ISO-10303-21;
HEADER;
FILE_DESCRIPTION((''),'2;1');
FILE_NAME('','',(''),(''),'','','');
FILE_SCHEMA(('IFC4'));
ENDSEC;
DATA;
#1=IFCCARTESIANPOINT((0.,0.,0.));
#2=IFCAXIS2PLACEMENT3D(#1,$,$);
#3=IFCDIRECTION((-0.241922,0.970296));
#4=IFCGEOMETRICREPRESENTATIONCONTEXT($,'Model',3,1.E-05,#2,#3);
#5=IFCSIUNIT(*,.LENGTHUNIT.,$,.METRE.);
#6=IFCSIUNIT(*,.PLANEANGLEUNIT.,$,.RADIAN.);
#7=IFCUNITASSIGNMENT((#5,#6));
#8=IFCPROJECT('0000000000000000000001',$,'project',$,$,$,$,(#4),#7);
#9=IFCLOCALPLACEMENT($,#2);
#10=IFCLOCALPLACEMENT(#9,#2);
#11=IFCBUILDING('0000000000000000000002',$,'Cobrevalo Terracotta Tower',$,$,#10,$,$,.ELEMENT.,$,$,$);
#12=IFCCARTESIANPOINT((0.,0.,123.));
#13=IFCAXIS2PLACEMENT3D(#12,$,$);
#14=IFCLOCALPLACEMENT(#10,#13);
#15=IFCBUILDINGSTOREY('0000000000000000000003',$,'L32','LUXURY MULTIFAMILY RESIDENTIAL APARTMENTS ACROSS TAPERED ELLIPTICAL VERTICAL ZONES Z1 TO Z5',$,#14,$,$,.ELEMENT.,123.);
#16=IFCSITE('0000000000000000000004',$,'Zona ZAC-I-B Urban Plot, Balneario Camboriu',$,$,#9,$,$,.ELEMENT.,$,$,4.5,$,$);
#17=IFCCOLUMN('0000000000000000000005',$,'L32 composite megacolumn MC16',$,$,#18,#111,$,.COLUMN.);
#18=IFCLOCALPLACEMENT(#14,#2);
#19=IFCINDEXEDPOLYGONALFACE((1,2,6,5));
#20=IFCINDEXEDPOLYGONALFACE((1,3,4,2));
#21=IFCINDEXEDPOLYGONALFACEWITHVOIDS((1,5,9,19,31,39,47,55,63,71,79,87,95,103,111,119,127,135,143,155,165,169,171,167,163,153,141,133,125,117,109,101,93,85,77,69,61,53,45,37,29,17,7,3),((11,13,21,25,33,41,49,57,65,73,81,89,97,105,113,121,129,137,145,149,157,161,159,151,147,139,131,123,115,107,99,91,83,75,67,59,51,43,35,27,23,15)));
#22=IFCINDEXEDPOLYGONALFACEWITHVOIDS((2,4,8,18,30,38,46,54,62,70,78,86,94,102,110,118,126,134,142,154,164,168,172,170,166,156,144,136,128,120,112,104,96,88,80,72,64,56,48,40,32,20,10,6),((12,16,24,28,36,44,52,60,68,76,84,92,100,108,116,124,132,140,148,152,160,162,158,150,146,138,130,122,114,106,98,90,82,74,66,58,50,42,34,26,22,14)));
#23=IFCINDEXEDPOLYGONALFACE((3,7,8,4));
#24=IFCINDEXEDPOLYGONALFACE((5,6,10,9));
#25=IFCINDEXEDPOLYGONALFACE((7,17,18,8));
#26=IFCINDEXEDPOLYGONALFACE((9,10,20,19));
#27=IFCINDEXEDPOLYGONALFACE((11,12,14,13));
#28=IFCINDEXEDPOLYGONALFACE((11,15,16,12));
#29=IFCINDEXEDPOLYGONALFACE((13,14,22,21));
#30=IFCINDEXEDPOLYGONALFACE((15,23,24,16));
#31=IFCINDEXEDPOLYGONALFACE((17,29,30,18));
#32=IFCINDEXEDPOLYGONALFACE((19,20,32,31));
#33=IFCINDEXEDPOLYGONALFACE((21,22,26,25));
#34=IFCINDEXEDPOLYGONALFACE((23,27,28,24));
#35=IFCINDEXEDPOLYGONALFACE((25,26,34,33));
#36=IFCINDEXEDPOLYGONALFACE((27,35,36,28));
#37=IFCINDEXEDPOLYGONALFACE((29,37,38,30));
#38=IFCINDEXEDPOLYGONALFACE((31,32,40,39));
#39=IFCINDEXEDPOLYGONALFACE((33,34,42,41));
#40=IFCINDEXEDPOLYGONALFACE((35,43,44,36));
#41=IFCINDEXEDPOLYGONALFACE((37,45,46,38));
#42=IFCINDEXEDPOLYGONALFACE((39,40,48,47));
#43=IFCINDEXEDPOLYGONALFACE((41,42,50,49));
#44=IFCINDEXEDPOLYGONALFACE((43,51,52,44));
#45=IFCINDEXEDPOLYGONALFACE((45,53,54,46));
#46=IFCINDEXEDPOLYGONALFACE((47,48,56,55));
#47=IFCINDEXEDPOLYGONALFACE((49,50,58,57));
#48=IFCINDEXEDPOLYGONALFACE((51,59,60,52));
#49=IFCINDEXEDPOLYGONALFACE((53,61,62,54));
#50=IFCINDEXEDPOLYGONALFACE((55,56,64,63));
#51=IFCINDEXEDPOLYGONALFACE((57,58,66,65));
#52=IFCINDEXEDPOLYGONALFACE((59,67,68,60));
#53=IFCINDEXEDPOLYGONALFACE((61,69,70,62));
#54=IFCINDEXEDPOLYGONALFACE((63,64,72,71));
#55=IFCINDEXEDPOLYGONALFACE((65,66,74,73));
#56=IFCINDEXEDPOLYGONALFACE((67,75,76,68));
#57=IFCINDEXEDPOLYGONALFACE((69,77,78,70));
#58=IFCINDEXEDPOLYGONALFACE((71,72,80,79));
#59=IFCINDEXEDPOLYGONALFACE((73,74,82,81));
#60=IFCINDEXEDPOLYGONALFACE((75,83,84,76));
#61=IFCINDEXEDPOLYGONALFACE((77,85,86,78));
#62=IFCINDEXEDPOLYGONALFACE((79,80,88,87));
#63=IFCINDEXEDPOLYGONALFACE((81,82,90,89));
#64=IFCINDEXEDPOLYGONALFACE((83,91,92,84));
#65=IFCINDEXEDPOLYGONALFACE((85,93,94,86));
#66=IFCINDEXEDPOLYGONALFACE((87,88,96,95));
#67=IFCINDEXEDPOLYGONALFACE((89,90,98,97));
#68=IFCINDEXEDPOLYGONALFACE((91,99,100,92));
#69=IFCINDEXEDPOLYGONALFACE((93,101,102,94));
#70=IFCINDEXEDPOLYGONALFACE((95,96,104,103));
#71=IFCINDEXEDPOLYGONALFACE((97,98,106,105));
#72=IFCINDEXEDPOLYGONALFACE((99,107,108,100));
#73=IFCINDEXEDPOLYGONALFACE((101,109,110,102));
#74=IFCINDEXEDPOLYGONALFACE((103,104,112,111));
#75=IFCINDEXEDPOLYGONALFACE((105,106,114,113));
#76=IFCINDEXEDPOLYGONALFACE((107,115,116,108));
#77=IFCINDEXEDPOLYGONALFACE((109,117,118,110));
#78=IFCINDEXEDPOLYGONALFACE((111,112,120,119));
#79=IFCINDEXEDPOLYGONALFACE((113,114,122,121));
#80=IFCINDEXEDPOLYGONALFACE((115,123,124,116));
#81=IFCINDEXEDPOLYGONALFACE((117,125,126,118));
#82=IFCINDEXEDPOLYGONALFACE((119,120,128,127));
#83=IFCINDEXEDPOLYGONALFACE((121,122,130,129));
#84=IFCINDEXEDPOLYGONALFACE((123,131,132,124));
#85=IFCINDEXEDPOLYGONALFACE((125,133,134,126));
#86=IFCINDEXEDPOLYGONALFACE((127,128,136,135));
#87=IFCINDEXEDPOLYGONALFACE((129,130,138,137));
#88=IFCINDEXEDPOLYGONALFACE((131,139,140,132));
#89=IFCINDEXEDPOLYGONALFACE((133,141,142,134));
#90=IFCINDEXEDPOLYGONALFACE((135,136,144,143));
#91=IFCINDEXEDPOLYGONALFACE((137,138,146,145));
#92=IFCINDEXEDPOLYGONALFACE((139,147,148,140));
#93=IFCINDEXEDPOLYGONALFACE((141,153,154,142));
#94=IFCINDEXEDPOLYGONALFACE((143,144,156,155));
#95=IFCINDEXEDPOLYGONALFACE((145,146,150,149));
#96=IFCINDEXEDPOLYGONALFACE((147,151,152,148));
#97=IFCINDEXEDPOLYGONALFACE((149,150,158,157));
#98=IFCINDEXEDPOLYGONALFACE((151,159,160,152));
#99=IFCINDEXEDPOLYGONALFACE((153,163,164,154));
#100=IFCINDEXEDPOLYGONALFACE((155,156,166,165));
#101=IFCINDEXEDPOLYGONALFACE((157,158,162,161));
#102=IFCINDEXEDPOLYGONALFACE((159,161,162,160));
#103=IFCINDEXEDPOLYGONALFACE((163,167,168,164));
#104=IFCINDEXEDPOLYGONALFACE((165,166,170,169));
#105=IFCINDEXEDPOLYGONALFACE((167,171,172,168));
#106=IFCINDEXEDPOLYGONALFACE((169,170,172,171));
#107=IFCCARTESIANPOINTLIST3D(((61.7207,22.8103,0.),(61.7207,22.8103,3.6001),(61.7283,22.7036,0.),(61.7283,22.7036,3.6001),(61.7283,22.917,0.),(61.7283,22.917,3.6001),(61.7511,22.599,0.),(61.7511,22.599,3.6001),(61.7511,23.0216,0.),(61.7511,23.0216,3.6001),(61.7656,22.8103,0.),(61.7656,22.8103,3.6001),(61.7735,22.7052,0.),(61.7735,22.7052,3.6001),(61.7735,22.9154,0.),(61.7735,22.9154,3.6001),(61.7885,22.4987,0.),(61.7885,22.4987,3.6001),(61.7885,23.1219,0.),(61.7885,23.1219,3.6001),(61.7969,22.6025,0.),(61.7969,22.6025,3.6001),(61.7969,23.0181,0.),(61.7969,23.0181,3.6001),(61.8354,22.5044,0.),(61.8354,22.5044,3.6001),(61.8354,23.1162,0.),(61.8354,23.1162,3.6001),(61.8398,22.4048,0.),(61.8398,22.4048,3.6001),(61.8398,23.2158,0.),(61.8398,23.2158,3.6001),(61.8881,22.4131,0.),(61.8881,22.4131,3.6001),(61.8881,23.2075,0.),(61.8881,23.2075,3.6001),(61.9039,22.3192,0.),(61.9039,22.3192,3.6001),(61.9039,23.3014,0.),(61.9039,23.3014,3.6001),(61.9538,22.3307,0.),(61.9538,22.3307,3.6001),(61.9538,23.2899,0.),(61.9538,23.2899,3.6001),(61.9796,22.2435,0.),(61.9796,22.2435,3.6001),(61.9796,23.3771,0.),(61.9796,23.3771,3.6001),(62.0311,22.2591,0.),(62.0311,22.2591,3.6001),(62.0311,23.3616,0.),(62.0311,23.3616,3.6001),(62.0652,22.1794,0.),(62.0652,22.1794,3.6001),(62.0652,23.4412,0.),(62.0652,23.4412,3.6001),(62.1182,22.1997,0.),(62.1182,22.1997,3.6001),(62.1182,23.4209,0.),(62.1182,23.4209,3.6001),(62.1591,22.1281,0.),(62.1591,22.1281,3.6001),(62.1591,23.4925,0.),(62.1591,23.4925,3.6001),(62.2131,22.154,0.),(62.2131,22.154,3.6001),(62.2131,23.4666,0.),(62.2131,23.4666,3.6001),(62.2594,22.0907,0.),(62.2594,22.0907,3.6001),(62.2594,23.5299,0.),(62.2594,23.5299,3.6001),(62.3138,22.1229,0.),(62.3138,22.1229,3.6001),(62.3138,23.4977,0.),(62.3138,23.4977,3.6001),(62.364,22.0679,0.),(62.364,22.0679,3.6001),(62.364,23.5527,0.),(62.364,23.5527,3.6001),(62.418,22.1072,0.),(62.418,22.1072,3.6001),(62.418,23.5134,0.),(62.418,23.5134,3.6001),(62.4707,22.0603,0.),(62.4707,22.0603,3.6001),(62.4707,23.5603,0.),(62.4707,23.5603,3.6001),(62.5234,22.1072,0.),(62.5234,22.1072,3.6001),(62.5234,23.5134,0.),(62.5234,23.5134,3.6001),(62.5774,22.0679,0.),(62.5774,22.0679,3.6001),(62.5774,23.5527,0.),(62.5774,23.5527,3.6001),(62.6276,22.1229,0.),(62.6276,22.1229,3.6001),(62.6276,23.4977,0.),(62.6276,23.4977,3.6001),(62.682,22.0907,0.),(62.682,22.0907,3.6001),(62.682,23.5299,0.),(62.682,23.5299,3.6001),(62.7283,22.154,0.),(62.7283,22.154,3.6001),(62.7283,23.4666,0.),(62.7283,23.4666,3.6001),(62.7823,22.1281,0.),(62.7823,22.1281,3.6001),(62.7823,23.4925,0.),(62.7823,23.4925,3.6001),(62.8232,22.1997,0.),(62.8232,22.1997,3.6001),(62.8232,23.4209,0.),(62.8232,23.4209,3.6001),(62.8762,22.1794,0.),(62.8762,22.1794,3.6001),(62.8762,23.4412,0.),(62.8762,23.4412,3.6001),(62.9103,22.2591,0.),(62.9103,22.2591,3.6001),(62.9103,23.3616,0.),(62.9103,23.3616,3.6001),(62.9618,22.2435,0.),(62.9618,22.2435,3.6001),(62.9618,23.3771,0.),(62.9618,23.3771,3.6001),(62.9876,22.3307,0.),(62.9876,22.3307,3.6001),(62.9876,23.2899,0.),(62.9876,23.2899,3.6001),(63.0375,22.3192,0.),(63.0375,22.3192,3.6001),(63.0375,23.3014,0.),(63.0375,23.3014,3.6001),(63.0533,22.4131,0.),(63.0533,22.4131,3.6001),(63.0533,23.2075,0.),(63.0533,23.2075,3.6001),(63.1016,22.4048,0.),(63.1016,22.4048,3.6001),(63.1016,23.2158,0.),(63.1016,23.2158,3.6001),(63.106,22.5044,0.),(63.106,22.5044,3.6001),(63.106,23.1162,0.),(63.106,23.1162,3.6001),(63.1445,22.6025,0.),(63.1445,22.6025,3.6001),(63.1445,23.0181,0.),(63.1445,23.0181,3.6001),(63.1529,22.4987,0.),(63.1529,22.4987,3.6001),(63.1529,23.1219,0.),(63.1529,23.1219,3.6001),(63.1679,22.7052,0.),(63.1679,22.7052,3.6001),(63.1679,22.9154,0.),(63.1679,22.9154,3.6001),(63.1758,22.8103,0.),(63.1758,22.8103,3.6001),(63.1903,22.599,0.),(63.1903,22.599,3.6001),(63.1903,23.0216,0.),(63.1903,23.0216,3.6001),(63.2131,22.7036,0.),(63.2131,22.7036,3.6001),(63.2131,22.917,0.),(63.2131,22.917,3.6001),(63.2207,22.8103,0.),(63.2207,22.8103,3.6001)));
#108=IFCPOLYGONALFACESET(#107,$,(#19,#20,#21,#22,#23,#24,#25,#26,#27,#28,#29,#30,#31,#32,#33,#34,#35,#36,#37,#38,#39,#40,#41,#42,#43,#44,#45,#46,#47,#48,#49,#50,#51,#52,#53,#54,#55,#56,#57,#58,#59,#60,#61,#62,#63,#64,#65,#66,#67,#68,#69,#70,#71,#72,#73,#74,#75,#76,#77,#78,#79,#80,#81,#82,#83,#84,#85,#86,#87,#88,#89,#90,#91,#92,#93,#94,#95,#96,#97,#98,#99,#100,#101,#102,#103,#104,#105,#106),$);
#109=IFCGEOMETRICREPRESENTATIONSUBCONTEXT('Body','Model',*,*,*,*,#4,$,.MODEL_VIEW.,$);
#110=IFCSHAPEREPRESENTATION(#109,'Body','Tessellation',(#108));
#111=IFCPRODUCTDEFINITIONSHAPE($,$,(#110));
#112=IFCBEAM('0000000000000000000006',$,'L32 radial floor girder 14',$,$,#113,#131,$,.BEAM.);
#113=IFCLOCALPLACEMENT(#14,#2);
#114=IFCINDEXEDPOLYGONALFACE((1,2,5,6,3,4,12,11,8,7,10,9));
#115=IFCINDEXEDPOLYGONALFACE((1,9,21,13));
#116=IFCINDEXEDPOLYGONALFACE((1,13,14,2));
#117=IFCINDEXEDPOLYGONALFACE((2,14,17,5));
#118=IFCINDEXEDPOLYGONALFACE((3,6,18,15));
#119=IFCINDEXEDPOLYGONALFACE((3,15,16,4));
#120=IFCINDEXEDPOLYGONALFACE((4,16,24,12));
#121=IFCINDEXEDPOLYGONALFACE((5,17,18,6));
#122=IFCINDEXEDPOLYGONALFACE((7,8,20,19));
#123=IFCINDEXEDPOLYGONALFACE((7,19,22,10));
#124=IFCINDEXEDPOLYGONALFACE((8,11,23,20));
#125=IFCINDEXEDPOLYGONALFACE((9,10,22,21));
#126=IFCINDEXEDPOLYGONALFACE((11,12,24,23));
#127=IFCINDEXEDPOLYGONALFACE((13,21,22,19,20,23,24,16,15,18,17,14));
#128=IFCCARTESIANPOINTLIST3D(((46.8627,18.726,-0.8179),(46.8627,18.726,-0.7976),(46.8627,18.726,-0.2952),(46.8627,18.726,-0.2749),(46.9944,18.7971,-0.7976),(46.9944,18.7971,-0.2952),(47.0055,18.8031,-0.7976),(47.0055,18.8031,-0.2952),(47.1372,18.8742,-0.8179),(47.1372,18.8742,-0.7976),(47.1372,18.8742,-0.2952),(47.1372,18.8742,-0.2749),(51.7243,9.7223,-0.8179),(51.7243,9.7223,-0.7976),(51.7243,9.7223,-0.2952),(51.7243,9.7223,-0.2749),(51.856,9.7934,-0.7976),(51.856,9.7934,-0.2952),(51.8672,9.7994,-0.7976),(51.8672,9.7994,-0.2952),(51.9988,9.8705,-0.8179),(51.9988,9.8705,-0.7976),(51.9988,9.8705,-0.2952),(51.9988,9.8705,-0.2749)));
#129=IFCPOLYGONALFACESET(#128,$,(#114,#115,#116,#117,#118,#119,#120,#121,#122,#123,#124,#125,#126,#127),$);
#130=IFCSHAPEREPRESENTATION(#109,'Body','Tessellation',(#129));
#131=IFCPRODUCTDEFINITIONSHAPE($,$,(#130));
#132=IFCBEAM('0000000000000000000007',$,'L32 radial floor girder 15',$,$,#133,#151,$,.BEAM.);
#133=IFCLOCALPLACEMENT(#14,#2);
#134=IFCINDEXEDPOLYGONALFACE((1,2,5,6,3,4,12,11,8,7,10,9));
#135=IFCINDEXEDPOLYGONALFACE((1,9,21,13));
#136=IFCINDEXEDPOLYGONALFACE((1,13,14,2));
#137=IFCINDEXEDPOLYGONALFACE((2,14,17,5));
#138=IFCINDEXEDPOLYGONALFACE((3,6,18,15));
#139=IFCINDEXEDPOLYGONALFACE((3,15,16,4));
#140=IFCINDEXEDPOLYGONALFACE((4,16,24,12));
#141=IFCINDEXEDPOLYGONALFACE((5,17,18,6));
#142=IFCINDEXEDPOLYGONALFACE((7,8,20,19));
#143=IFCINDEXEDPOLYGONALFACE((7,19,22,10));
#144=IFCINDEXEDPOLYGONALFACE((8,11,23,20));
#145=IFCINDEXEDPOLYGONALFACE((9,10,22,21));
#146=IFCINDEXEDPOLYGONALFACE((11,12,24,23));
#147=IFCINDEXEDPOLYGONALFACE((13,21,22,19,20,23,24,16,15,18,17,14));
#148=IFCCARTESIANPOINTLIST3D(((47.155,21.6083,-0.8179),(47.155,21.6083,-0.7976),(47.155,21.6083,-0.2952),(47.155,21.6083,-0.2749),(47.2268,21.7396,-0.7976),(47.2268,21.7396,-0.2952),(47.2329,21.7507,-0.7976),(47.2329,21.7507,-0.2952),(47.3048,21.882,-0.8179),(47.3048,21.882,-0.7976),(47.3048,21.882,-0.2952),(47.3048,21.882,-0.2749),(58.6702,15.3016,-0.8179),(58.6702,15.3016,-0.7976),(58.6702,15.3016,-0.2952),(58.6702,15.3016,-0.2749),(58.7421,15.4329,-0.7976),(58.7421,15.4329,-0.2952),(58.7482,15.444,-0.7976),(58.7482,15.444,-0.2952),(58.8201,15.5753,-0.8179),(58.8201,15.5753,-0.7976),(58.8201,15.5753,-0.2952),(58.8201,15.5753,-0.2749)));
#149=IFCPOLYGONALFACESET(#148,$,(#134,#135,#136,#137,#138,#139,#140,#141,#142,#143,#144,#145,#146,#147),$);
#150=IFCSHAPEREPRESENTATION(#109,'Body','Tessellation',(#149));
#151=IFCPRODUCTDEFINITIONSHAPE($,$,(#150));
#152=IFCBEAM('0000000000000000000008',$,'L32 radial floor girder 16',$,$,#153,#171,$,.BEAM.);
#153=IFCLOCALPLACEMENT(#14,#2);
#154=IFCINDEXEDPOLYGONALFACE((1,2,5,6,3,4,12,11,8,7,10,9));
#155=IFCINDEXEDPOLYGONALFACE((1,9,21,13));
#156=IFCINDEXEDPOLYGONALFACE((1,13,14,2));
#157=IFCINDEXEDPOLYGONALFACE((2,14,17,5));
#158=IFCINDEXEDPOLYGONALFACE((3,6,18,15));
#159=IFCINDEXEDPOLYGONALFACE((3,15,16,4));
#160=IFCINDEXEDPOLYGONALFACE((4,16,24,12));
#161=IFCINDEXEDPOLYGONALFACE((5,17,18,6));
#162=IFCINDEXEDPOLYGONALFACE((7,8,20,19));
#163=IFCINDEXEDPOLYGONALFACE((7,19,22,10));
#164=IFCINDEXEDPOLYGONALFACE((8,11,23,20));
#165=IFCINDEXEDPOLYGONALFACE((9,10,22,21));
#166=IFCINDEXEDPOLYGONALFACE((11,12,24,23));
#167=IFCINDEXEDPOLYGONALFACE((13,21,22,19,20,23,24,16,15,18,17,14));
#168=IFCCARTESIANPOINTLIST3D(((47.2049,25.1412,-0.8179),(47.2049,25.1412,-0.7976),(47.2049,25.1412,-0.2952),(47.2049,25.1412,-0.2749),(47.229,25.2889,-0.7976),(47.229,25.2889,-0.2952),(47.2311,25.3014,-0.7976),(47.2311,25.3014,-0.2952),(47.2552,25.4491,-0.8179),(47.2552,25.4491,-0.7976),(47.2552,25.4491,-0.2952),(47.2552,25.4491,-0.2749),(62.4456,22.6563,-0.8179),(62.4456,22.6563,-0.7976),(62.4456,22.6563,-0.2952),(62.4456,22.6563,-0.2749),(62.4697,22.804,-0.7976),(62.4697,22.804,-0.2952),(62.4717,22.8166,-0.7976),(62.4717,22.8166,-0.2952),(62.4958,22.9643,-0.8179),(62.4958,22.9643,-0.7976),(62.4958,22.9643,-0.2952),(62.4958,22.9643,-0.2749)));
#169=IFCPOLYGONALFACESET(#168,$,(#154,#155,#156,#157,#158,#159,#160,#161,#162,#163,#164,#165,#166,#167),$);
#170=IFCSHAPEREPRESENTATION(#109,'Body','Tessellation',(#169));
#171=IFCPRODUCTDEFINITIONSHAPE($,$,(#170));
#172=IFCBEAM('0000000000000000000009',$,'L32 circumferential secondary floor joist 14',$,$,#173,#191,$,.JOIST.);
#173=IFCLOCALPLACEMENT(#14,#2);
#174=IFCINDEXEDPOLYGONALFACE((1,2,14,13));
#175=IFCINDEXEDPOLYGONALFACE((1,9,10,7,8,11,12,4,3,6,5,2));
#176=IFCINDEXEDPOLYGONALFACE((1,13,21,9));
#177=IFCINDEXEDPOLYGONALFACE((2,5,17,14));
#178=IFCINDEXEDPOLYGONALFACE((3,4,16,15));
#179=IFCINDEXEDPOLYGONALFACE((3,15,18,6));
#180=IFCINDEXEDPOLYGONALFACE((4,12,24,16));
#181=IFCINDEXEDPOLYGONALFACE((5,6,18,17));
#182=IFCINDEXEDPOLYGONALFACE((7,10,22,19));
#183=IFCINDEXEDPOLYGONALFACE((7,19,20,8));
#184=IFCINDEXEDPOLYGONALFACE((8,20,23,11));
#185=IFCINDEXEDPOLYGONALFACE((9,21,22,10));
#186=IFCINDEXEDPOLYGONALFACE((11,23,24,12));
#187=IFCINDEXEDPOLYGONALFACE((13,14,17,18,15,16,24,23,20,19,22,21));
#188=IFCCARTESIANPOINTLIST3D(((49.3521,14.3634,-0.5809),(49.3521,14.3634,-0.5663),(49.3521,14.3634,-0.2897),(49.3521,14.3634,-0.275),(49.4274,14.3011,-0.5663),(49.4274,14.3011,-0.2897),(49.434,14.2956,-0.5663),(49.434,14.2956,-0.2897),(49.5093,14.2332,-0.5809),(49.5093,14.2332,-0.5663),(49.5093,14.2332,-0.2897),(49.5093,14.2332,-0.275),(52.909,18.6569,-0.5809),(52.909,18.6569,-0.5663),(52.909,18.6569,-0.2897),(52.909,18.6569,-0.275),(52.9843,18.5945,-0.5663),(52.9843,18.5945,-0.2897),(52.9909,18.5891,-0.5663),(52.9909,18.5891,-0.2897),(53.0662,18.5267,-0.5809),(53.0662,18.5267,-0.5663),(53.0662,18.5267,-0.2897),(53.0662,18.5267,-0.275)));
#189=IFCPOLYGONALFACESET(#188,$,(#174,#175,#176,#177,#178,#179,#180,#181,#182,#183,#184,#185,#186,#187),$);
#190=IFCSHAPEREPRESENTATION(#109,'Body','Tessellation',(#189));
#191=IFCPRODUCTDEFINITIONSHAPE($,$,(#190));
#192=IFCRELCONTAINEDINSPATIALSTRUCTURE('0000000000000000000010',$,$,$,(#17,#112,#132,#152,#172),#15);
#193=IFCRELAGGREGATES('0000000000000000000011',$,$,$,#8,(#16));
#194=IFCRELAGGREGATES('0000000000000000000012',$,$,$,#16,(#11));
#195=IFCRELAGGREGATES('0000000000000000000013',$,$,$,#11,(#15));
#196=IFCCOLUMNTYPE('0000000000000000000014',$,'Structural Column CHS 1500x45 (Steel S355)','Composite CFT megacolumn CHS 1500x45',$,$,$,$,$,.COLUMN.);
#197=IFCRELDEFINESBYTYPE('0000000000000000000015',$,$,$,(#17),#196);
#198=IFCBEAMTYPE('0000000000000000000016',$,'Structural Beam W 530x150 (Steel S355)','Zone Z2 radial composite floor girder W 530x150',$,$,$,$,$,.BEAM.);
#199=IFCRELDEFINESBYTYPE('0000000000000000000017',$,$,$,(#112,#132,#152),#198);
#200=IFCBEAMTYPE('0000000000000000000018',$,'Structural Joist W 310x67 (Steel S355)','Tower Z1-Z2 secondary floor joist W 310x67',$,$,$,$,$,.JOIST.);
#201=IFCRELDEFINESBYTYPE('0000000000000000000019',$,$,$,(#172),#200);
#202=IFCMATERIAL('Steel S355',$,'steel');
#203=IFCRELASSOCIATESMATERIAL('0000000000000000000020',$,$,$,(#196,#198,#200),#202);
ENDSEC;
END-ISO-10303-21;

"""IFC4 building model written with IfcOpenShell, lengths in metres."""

from ifc_helpers import new_model, si_unit, direction, frame, origin, origin_2d, place, context, subcontext, project, spatial, hollow_circle, i_section, extrude, material, material_profile, profile_set, type_object, element, save


model = new_model("IFC4")

# Units and contexts
model_context = context("Model", 3, precision=1e-05, world=origin(), true_north=direction((-0.241922, 0.970296)))
body_context = subcontext(model_context, "Body", "Model", "MODEL_VIEW")
ifc_project = project(units=[si_unit("LENGTHUNIT", "METRE"), si_unit("PLANEANGLEUNIT", "RADIAN")], contexts=[model_context])

# Site, building, storey
site_placement = place(None, origin())
site = spatial("IfcSite", under=ifc_project, at=site_placement, Name="Zona ZAC-I-B Urban Plot, Balneario Camboriu", CompositionType="ELEMENT", RefElevation=4.5)
building_placement = place(site_placement, origin())
building = spatial("IfcBuilding", under=site, at=building_placement, Name="Cobrevalo Terracotta Tower", CompositionType="ELEMENT")
storey_placement = place(building_placement, frame((0.0, 0.0, 123.0)))
storey = spatial("IfcBuildingStorey", under=building, at=storey_placement, Name="L32", Description="LUXURY MULTIFAMILY RESIDENTIAL APARTMENTS ACROSS TAPERED ELLIPTICAL VERTICAL ZONES Z1 TO Z5", CompositionType="ELEMENT", Elevation=123.0)

# Column
ifc_material_1 = material(Name="Steel S355", Category="steel")
ifc_material_profile_1 = material_profile(ifc_material_1, hollow_circle(Radius=0.75, WallThickness=0.0449, at=origin_2d()), Name="CHS 1500x45")
ifc_profile_set_1 = profile_set([ifc_material_profile_1], Name="Steel S355")
column_type = type_object("IfcColumnType", Name="Structural Column CHS 1500x45 (Steel S355)", Description="Composite CFT megacolumn CHS 1500x45", PredefinedType="COLUMN", material=ifc_profile_set_1)
for number, where, z_axis, x_axis, name in (
    (1, (62.4707, 22.8103, 0.0), (0.0, 0.0, 1.0), (1.0, 0.0, 0.0), "L32 composite megacolumn MC16"),
):
    element("IfcColumn", number, at=place(storey_placement, frame(where, z_axis=z_axis, x_axis=x_axis)), inside=storey, type_object=column_type, Name=name, PredefinedType="COLUMN", context=body_context, shape_type="SweptSolid", body=[
        extrude(hollow_circle(Radius=0.75, WallThickness=0.0449, at=origin_2d()), origin(), (0.0, 0.0, 1.0), 3.6001),
    ])

# Beams
ifc_material_profile_2 = material_profile(ifc_material_1, i_section(OverallWidth=0.312, OverallDepth=0.543, WebThickness=0.0127, FlangeThickness=0.0203, at=origin_2d()), Name="W 530x150")
ifc_profile_set_2 = profile_set([ifc_material_profile_2], Name="Steel S355")
beam_type_1 = type_object("IfcBeamType", Name="Structural Beam W 530x150 (Steel S355)", Description="Zone Z2 radial composite floor girder W 530x150", PredefinedType="BEAM", material=ifc_profile_set_2)
beam_1_placement = place(storey_placement, frame((51.8616, 9.7964, -0.5464), z_axis=(-0.475118, 0.879922, 0.0), x_axis=(-0.879922, -0.475118, 0.0)))
element("IfcBeam", 2, at=beam_1_placement, inside=storey, type_object=beam_type_1, Name="L32 radial floor girder 14", PredefinedType="BEAM", context=body_context, shape_type="SweptSolid", body=[
    extrude(i_section(OverallWidth=0.312, OverallDepth=0.543, WebThickness=0.0127, FlangeThickness=0.0203, at=origin_2d()), origin(), (0.0, 0.0, 1.0), 10.2324),
])
beam_2_placement = place(storey_placement, frame((58.7451, 15.4385, -0.5464), z_axis=(-0.877073, 0.480358, 0.0), x_axis=(-0.480358, -0.877073, 0.0)))
element("IfcBeam", 3, at=beam_2_placement, inside=storey, type_object=beam_type_1, Name="L32 radial floor girder 15", PredefinedType="BEAM", context=body_context, shape_type="SweptSolid", body=[
    extrude(i_section(OverallWidth=0.312, OverallDepth=0.543, WebThickness=0.0127, FlangeThickness=0.0203, at=origin_2d()), origin(), (0.0, 0.0, 1.0), 13.1292),
])
beam_3_placement = place(storey_placement, frame((62.4707, 22.8103, -0.5464), z_axis=(-0.986968, 0.160916, 0.0), x_axis=(-0.160916, -0.986968, 0.0)))
element("IfcBeam", 4, at=beam_3_placement, inside=storey, type_object=beam_type_1, Name="L32 radial floor girder 16", PredefinedType="BEAM", context=body_context, shape_type="SweptSolid", body=[
    extrude(i_section(OverallWidth=0.312, OverallDepth=0.543, WebThickness=0.0127, FlangeThickness=0.0203, at=origin_2d()), origin(), (0.0, 0.0, 1.0), 15.4419),
])
ifc_material_profile_3 = material_profile(ifc_material_1, i_section(OverallWidth=0.2041, OverallDepth=0.3059, WebThickness=0.0085, FlangeThickness=0.0146, at=origin_2d()), Name="W 310x67")
ifc_profile_set_3 = profile_set([ifc_material_profile_3], Name="Steel S355")
beam_type_2 = type_object("IfcBeamType", Name="Structural Joist W 310x67 (Steel S355)", Description="Tower Z1-Z2 secondary floor joist W 310x67", PredefinedType="JOIST", material=ifc_profile_set_3)
beam_4_placement = place(storey_placement, frame((49.4307, 14.2983, -0.428), z_axis=(0.637959, 0.77007, 0.0), x_axis=(-0.77007, 0.637959, 0.0)))
element("IfcBeam", 5, at=beam_4_placement, inside=storey, type_object=beam_type_2, Name="L32 circumferential secondary floor joist 14", PredefinedType="JOIST", context=body_context, shape_type="SweptSolid", body=[
    extrude(i_section(OverallWidth=0.2041, OverallDepth=0.3059, WebThickness=0.0085, FlangeThickness=0.0146, at=origin_2d()), origin(), (0.0, 0.0, 1.0), 5.5754),
])

save(model, "model.ifc")
